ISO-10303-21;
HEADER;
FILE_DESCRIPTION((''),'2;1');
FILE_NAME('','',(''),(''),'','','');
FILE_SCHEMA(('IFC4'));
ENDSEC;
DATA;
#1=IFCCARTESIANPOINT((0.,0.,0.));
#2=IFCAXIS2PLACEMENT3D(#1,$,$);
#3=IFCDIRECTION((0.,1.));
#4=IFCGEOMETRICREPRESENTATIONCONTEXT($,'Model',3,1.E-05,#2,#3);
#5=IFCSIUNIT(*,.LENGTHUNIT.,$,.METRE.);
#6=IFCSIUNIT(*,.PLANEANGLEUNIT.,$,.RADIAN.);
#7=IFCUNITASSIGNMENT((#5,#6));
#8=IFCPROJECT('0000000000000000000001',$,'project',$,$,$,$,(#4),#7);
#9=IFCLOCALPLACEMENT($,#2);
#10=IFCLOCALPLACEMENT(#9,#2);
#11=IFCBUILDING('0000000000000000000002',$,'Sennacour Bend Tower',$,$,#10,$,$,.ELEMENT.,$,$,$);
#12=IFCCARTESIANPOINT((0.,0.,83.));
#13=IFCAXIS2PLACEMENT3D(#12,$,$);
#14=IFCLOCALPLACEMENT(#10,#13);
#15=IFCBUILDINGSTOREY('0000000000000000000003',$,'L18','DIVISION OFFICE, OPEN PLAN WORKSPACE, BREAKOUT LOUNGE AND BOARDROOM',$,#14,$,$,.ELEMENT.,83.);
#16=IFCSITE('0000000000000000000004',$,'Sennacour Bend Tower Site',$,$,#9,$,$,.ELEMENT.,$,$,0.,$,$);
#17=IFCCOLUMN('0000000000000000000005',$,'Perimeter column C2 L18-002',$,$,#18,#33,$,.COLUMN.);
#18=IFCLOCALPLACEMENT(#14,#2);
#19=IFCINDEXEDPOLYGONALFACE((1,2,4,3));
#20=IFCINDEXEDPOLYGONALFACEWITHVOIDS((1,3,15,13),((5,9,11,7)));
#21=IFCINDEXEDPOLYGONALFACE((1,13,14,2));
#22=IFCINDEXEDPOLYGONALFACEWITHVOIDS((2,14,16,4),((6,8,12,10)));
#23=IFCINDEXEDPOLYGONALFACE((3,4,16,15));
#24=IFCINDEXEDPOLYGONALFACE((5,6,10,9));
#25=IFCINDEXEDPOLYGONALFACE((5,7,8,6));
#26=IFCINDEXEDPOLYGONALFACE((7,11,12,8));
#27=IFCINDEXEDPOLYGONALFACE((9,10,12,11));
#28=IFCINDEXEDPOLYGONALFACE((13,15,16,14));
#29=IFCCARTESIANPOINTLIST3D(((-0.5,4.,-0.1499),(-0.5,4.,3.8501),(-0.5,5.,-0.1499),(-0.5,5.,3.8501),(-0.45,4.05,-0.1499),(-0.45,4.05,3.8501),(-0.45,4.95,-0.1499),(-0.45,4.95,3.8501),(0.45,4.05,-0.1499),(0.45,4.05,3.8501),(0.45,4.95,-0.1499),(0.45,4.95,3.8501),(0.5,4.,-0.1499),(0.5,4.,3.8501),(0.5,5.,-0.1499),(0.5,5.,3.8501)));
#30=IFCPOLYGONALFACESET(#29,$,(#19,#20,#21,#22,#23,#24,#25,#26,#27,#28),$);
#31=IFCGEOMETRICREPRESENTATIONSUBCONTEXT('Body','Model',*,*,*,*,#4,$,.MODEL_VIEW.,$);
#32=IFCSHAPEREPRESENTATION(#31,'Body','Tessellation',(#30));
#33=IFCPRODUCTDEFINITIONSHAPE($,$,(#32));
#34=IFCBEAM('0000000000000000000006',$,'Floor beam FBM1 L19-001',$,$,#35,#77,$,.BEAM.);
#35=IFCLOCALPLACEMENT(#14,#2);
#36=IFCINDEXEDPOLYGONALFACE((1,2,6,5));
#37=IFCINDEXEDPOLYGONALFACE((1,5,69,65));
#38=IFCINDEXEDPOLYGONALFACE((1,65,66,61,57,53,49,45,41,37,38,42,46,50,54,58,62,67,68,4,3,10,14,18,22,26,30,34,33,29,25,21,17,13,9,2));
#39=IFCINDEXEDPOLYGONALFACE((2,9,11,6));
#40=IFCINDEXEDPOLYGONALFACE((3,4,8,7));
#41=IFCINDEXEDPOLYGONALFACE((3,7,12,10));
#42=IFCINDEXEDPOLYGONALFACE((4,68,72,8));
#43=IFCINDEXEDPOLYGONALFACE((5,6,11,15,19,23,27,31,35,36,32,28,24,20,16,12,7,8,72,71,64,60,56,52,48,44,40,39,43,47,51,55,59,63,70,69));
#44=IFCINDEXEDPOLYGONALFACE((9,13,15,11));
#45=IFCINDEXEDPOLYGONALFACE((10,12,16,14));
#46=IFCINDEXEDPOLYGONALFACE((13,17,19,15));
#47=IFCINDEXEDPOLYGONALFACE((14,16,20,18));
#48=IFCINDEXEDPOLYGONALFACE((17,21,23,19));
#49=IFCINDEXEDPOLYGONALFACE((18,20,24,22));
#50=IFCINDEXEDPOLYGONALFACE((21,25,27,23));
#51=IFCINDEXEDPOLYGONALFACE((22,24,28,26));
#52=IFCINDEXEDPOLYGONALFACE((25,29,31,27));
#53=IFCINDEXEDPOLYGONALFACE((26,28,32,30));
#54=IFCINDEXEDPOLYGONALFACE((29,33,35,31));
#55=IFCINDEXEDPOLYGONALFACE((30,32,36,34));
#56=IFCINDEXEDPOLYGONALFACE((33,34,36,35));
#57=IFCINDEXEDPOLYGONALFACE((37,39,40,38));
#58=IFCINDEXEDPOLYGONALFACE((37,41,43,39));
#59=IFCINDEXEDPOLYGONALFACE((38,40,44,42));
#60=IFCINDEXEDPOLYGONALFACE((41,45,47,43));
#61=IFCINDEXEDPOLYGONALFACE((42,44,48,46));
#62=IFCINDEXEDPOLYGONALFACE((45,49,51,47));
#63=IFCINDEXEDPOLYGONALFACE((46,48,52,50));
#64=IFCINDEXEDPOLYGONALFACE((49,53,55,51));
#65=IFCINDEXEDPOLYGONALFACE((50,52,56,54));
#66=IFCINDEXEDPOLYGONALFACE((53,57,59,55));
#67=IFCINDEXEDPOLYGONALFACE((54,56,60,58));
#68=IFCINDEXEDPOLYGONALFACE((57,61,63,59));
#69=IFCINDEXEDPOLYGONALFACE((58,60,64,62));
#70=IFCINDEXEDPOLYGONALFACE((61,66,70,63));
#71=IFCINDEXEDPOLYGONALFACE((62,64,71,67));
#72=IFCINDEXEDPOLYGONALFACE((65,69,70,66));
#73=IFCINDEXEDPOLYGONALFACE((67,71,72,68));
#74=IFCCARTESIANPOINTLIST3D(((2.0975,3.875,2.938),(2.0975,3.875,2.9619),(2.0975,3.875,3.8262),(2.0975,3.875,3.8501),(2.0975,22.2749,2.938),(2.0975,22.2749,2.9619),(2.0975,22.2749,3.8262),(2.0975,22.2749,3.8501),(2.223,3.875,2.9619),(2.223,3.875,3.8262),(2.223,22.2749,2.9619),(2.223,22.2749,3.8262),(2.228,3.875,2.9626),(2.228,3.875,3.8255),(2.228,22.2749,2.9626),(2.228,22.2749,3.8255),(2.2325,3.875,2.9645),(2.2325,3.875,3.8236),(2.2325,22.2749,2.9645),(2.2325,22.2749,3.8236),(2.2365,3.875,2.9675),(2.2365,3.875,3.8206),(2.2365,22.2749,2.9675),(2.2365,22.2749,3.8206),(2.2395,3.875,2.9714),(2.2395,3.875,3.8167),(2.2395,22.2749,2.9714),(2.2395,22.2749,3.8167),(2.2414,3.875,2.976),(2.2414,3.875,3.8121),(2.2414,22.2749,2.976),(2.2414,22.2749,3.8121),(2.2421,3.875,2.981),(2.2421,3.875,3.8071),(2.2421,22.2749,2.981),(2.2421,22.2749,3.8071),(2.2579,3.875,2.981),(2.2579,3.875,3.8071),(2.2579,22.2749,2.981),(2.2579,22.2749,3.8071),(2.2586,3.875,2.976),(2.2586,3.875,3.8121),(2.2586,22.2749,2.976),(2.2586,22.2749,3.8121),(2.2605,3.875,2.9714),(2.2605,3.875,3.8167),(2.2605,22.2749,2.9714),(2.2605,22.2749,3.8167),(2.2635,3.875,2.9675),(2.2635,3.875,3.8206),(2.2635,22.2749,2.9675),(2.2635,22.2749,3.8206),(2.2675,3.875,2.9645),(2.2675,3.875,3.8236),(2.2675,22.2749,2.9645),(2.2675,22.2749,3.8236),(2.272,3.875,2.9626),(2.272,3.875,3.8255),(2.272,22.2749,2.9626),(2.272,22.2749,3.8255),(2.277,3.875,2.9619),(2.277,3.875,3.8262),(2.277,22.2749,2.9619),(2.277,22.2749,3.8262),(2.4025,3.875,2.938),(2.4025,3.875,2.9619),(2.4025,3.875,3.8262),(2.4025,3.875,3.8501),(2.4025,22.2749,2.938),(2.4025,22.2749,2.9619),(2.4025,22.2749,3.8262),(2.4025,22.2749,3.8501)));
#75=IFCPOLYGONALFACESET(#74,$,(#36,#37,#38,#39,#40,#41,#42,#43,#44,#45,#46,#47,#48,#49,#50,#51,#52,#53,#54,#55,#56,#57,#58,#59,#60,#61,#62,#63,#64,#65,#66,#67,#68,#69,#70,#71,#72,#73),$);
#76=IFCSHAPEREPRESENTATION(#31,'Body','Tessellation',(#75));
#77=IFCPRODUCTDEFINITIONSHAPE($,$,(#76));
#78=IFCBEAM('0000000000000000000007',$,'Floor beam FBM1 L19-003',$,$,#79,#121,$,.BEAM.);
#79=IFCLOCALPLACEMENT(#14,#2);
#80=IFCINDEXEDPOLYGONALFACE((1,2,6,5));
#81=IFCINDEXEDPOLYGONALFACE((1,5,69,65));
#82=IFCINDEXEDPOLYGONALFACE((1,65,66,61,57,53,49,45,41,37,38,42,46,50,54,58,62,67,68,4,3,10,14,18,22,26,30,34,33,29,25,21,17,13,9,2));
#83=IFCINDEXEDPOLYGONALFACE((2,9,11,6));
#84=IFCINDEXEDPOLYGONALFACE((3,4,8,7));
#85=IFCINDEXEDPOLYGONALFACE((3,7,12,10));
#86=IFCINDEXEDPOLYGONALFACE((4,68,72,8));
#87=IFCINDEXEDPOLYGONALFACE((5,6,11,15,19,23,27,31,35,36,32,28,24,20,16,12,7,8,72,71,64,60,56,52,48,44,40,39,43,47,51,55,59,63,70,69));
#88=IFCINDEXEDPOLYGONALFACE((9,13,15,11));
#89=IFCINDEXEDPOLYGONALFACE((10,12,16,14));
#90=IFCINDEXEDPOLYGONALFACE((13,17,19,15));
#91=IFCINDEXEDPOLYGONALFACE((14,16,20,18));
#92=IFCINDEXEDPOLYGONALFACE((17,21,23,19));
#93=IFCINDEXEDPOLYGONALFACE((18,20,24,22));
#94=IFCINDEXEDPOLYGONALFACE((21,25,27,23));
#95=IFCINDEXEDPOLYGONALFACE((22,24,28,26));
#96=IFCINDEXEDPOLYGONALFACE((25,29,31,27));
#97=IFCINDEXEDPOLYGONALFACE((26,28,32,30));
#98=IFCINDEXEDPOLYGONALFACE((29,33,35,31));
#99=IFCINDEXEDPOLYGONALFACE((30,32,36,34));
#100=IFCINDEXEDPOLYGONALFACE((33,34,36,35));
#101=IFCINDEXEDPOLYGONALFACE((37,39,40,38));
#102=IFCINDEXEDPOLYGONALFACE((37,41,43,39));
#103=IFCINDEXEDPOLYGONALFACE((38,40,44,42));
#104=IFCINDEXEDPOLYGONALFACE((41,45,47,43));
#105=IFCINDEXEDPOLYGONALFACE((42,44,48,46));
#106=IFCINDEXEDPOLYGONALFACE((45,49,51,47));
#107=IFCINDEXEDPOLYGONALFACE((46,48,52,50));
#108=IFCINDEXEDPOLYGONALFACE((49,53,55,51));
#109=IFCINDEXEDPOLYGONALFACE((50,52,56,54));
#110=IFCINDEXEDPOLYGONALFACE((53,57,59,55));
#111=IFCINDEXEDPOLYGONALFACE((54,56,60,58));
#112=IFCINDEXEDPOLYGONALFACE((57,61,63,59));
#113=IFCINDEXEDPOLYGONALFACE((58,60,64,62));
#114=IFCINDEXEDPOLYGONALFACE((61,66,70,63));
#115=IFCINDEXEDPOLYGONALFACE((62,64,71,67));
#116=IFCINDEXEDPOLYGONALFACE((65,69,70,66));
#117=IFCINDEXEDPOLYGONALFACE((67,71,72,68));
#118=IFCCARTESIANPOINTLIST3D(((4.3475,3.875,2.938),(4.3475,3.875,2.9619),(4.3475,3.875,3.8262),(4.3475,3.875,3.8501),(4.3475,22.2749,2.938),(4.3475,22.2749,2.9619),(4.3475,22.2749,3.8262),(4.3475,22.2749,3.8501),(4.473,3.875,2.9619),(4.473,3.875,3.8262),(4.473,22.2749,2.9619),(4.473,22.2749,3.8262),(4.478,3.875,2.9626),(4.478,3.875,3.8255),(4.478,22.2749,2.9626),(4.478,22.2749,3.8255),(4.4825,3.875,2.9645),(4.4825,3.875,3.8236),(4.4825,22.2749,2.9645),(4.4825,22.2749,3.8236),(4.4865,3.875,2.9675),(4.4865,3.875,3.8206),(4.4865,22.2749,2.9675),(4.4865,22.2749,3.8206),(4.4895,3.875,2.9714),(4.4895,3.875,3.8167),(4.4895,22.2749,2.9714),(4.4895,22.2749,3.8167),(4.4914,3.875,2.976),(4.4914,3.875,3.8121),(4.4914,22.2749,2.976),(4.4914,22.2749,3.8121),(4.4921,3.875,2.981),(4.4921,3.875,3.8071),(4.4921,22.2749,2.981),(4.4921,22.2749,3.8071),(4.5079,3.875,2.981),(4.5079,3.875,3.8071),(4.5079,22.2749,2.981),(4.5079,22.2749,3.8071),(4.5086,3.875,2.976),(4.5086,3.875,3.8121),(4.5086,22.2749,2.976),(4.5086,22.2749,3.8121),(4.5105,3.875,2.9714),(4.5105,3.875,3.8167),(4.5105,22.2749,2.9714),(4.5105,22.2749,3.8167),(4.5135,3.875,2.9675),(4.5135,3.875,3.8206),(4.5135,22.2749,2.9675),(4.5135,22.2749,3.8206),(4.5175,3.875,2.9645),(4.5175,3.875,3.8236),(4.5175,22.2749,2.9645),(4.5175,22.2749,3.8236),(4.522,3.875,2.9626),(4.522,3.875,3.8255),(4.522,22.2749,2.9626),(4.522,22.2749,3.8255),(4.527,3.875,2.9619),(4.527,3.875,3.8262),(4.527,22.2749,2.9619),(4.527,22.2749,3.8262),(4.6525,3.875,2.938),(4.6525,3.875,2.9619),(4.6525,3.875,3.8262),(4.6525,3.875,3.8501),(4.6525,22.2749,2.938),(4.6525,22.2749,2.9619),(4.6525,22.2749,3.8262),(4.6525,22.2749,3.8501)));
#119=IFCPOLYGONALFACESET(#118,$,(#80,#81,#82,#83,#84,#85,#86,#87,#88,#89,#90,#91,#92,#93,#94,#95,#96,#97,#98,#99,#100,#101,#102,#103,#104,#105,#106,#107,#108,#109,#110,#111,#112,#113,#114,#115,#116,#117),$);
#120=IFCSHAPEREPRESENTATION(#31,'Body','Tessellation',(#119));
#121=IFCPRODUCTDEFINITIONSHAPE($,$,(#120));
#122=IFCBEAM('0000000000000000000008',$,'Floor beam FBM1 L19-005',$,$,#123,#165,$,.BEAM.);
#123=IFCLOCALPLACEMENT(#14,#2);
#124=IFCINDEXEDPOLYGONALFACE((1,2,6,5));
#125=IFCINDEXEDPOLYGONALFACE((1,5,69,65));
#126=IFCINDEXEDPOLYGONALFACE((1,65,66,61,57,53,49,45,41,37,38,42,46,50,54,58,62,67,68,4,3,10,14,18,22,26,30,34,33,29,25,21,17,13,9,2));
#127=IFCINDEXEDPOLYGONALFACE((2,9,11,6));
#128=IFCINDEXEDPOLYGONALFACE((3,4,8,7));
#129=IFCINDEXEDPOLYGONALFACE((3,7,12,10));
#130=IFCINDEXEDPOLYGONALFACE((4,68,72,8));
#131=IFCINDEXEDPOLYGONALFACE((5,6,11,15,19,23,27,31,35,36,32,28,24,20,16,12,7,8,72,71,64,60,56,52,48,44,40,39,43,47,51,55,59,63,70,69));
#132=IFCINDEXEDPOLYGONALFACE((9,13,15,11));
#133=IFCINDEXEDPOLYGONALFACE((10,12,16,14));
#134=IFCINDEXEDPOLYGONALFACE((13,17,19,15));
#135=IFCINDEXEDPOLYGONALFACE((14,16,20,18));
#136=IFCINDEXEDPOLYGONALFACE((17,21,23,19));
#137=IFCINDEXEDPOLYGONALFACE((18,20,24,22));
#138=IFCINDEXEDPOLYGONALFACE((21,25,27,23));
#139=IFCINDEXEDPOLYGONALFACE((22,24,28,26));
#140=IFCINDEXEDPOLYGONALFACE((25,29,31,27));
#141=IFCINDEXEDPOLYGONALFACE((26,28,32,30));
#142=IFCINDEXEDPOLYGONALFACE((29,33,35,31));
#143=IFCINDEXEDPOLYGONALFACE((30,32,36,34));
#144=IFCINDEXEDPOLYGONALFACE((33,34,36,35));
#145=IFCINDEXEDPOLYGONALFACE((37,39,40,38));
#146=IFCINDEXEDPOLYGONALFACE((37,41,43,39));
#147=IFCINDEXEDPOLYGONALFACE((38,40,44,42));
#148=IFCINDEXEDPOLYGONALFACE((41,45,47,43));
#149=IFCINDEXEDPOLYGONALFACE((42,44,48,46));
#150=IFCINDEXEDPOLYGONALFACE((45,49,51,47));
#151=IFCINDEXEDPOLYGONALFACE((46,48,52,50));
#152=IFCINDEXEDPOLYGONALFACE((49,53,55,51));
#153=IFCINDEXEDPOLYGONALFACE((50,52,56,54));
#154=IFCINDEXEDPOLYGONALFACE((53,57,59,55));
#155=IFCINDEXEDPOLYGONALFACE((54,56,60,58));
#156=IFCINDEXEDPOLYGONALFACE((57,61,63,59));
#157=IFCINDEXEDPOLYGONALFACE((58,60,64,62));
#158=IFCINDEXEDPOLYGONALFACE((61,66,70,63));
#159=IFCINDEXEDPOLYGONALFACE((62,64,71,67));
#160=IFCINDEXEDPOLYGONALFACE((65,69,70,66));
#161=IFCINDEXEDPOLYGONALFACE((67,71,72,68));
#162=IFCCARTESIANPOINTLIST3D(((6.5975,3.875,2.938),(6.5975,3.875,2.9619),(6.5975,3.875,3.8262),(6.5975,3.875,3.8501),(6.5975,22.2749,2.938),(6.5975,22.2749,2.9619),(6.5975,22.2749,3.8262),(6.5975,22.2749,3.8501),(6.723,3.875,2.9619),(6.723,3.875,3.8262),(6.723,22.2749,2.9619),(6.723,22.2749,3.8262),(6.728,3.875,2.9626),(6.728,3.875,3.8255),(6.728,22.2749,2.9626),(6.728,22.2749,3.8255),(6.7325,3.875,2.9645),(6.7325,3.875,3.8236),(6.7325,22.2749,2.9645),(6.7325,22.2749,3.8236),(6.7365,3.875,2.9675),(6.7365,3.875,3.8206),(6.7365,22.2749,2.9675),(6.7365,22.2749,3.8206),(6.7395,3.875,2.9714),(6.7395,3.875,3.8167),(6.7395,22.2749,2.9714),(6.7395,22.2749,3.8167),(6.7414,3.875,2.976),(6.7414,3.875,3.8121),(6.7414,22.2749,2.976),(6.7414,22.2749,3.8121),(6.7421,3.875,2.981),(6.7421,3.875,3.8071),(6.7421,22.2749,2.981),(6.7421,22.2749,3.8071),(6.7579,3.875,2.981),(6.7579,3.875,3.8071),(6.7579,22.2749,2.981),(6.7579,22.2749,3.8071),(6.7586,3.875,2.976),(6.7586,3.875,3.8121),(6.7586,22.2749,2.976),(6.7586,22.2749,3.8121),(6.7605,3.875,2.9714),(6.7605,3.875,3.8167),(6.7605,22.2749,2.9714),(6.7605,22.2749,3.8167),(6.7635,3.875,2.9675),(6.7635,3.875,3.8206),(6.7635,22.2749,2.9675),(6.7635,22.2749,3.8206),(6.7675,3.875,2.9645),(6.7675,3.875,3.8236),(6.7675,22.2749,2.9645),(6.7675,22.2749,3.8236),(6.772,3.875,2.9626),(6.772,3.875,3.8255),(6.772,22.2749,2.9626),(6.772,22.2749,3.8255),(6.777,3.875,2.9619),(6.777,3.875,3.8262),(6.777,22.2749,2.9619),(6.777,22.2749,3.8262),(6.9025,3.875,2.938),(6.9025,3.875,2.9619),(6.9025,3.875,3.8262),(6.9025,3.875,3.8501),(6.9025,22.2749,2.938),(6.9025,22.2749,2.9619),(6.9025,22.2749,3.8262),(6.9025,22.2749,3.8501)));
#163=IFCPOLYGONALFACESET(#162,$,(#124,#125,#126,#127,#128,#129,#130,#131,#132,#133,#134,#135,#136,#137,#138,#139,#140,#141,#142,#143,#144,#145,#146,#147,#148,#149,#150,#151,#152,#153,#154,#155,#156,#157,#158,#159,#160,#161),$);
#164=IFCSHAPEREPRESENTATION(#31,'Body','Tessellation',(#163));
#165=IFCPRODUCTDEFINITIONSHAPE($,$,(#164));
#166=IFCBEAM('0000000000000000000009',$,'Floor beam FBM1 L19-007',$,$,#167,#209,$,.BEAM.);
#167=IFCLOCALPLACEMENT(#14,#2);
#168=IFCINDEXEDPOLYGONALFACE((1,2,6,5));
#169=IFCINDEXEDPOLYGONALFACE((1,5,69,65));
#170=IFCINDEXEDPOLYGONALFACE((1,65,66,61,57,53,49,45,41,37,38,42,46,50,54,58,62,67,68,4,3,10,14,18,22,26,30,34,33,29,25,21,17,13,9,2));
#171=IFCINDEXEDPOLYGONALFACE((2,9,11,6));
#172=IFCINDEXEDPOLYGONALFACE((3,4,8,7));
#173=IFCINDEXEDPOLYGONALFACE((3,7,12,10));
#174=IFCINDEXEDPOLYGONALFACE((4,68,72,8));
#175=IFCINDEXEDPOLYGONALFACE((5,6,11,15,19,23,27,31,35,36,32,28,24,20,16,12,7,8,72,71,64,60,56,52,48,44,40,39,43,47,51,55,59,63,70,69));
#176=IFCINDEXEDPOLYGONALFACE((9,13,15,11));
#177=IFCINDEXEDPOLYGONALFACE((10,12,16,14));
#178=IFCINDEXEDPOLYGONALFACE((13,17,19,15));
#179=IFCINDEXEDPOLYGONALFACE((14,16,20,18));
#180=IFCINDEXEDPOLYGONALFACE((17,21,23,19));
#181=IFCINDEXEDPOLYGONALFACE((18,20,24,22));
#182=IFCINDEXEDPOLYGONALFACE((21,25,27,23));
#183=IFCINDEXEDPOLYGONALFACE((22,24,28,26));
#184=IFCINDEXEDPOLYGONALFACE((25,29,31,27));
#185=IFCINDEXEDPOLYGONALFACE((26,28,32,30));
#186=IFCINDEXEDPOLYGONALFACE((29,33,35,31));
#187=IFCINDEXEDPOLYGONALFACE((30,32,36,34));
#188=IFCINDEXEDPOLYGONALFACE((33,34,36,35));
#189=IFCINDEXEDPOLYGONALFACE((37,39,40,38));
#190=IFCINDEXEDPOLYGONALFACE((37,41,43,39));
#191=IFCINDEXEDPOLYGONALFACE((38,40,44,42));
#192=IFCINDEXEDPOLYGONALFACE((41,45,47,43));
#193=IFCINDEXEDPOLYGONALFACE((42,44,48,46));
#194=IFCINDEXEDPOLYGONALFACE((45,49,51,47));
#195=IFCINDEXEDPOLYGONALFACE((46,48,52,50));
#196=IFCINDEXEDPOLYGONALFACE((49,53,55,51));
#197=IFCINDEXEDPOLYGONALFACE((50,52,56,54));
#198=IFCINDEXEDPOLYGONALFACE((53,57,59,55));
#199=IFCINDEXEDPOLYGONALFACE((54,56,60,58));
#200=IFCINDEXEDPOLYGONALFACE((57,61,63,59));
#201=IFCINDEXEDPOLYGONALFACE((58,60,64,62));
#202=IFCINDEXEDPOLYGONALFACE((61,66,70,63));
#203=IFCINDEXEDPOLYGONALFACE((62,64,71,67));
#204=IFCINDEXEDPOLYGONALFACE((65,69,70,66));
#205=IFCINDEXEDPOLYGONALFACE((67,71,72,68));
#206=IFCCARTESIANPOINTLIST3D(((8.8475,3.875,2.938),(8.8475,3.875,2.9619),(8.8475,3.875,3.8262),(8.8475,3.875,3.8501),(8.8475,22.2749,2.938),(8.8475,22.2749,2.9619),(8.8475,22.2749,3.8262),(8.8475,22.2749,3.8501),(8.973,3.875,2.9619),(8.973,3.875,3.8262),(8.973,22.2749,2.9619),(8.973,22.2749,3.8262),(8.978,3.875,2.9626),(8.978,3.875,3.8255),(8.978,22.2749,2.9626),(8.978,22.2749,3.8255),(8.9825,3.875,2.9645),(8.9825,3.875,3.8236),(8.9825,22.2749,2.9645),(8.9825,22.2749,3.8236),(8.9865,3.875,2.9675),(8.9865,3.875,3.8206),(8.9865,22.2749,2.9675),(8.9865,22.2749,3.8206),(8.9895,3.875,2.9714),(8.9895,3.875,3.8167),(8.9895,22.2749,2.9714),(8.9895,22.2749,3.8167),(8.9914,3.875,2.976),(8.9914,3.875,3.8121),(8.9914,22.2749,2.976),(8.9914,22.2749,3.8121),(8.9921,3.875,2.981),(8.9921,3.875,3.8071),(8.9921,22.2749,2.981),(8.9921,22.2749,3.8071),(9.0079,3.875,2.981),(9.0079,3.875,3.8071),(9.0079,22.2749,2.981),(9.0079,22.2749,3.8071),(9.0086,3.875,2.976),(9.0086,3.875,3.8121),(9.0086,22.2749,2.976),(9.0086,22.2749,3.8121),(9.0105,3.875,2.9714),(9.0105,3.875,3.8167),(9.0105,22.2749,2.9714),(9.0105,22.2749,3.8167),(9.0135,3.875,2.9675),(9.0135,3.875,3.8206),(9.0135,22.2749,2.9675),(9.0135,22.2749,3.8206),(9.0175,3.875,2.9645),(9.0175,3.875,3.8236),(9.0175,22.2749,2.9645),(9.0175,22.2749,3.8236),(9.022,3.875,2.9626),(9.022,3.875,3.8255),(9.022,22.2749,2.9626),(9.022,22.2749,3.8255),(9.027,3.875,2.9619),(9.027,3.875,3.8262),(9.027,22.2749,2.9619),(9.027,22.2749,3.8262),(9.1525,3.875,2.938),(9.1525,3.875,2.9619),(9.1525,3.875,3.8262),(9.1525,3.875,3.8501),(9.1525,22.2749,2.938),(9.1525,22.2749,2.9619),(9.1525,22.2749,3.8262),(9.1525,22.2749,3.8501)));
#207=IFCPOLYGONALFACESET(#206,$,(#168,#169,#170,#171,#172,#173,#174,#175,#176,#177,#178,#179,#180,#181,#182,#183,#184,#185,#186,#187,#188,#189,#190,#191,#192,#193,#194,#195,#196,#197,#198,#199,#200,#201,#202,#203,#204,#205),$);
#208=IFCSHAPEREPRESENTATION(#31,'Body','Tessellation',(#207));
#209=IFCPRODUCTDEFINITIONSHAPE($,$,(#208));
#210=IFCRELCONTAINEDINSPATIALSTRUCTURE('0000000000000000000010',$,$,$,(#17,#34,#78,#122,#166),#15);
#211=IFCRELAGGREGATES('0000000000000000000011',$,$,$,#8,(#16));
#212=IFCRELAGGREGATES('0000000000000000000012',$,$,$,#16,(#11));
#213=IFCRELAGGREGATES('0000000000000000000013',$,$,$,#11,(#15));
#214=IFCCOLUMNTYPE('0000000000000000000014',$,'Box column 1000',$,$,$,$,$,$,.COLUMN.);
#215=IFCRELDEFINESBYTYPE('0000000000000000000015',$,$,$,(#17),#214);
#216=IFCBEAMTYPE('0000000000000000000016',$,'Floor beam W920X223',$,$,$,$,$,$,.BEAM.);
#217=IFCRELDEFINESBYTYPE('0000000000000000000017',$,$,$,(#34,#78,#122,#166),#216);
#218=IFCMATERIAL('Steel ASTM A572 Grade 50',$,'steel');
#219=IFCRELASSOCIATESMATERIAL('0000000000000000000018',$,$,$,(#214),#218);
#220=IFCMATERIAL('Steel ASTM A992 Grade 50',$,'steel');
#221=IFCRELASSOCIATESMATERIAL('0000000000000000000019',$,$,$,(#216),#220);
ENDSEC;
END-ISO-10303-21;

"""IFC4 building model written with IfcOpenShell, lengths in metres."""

from ifc_helpers import new_model, si_unit, direction, frame, origin, origin_2d, place, context, subcontext, project, spatial, hollow_rectangle, i_section, extrude, material, material_profile, profile_set, type_object, element, save


model = new_model("IFC4")

# Units and contexts
model_context = context("Model", 3, precision=1e-05, world=origin(), true_north=direction((0.0, 1.0)))
body_context = subcontext(model_context, "Body", "Model", "MODEL_VIEW")
ifc_project = project(units=[si_unit("LENGTHUNIT", "METRE"), si_unit("PLANEANGLEUNIT", "RADIAN")], contexts=[model_context])

# Site, building, storey
site_placement = place(None, origin())
site = spatial("IfcSite", under=ifc_project, at=site_placement, Name="Sennacour Bend Tower Site", CompositionType="ELEMENT", RefElevation=0.0)
building_placement = place(site_placement, origin())
building = spatial("IfcBuilding", under=site, at=building_placement, Name="Sennacour Bend Tower", CompositionType="ELEMENT")
storey_placement = place(building_placement, frame((0.0, 0.0, 83.0)))
storey = spatial("IfcBuildingStorey", under=building, at=storey_placement, Name="L18", Description="DIVISION OFFICE, OPEN PLAN WORKSPACE, BREAKOUT LOUNGE AND BOARDROOM", CompositionType="ELEMENT", Elevation=83.0)

# Column
ifc_material_1 = material(Name="Steel ASTM A572 Grade 50", Category="steel")
ifc_material_profile_1 = material_profile(ifc_material_1, hollow_rectangle(XDim=1.0, YDim=1.0, WallThickness=0.05, at=origin_2d()), Name="Steel ASTM A572 Grade 50", Category="steel")
ifc_profile_set_1 = profile_set([ifc_material_profile_1], Name="Steel ASTM A572 Grade 50")
column_type = type_object("IfcColumnType", Name="Box column 1000", PredefinedType="COLUMN", material=ifc_profile_set_1)
column_placement = place(storey_placement, frame((0.0, 4.5, -0.1499), z_axis=(0.0, 0.0, 1.0), x_axis=(1.0, 0.0, 0.0)))
element("IfcColumn", 1, at=column_placement, inside=storey, type_object=column_type, Name="Perimeter column C2 L18-002", PredefinedType="COLUMN", context=body_context, shape_type="SweptSolid", body=[
    extrude(hollow_rectangle(XDim=1.0, YDim=1.0, WallThickness=0.05, at=origin_2d()), origin(), (0.0, 0.0, 1.0), 4.0),
])

# Beams
ifc_material_2 = material(Name="Steel ASTM A992 Grade 50", Category="steel")
ifc_material_profile_2 = material_profile(ifc_material_2, i_section(OverallWidth=0.3049, OverallDepth=0.9121, WebThickness=0.0159, FlangeThickness=0.0239, FilletRadius=0.019, at=origin_2d()), Name="Steel ASTM A992 Grade 50", Category="steel")
ifc_profile_set_2 = profile_set([ifc_material_profile_2], Name="Steel ASTM A992 Grade 50")
beam_type_1 = type_object("IfcBeamType", Name="Floor beam W920X223", PredefinedType="BEAM", material=ifc_profile_set_2)
for number, where, z_axis, x_axis, name in (
    (2, (2.25, 3.875, 3.394), (0.0, 1.0, 0.0), (-1.0, 0.0, 0.0), "Floor beam FBM1 L19-001"),
    (3, (4.5, 3.875, 3.394), (0.0, 1.0, 0.0), (-1.0, 0.0, 0.0), "Floor beam FBM1 L19-003"),
    (4, (6.75, 3.875, 3.394), (0.0, 1.0, 0.0), (-1.0, 0.0, 0.0), "Floor beam FBM1 L19-005"),
    (5, (9.0, 3.875, 3.394), (0.0, 1.0, 0.0), (-1.0, 0.0, 0.0), "Floor beam FBM1 L19-007"),
):
    element("IfcBeam", number, at=place(storey_placement, frame(where, z_axis=z_axis, x_axis=x_axis)), inside=storey, type_object=beam_type_1, Name=name, PredefinedType="BEAM", context=body_context, shape_type="SweptSolid", body=[
        extrude(i_section(OverallWidth=0.3049, OverallDepth=0.9121, WebThickness=0.0159, FlangeThickness=0.0239, FilletRadius=0.019, at=origin_2d()), origin(), (0.0, 0.0, 1.0), 18.3999),
    ])

save(model, "model.ifc")
